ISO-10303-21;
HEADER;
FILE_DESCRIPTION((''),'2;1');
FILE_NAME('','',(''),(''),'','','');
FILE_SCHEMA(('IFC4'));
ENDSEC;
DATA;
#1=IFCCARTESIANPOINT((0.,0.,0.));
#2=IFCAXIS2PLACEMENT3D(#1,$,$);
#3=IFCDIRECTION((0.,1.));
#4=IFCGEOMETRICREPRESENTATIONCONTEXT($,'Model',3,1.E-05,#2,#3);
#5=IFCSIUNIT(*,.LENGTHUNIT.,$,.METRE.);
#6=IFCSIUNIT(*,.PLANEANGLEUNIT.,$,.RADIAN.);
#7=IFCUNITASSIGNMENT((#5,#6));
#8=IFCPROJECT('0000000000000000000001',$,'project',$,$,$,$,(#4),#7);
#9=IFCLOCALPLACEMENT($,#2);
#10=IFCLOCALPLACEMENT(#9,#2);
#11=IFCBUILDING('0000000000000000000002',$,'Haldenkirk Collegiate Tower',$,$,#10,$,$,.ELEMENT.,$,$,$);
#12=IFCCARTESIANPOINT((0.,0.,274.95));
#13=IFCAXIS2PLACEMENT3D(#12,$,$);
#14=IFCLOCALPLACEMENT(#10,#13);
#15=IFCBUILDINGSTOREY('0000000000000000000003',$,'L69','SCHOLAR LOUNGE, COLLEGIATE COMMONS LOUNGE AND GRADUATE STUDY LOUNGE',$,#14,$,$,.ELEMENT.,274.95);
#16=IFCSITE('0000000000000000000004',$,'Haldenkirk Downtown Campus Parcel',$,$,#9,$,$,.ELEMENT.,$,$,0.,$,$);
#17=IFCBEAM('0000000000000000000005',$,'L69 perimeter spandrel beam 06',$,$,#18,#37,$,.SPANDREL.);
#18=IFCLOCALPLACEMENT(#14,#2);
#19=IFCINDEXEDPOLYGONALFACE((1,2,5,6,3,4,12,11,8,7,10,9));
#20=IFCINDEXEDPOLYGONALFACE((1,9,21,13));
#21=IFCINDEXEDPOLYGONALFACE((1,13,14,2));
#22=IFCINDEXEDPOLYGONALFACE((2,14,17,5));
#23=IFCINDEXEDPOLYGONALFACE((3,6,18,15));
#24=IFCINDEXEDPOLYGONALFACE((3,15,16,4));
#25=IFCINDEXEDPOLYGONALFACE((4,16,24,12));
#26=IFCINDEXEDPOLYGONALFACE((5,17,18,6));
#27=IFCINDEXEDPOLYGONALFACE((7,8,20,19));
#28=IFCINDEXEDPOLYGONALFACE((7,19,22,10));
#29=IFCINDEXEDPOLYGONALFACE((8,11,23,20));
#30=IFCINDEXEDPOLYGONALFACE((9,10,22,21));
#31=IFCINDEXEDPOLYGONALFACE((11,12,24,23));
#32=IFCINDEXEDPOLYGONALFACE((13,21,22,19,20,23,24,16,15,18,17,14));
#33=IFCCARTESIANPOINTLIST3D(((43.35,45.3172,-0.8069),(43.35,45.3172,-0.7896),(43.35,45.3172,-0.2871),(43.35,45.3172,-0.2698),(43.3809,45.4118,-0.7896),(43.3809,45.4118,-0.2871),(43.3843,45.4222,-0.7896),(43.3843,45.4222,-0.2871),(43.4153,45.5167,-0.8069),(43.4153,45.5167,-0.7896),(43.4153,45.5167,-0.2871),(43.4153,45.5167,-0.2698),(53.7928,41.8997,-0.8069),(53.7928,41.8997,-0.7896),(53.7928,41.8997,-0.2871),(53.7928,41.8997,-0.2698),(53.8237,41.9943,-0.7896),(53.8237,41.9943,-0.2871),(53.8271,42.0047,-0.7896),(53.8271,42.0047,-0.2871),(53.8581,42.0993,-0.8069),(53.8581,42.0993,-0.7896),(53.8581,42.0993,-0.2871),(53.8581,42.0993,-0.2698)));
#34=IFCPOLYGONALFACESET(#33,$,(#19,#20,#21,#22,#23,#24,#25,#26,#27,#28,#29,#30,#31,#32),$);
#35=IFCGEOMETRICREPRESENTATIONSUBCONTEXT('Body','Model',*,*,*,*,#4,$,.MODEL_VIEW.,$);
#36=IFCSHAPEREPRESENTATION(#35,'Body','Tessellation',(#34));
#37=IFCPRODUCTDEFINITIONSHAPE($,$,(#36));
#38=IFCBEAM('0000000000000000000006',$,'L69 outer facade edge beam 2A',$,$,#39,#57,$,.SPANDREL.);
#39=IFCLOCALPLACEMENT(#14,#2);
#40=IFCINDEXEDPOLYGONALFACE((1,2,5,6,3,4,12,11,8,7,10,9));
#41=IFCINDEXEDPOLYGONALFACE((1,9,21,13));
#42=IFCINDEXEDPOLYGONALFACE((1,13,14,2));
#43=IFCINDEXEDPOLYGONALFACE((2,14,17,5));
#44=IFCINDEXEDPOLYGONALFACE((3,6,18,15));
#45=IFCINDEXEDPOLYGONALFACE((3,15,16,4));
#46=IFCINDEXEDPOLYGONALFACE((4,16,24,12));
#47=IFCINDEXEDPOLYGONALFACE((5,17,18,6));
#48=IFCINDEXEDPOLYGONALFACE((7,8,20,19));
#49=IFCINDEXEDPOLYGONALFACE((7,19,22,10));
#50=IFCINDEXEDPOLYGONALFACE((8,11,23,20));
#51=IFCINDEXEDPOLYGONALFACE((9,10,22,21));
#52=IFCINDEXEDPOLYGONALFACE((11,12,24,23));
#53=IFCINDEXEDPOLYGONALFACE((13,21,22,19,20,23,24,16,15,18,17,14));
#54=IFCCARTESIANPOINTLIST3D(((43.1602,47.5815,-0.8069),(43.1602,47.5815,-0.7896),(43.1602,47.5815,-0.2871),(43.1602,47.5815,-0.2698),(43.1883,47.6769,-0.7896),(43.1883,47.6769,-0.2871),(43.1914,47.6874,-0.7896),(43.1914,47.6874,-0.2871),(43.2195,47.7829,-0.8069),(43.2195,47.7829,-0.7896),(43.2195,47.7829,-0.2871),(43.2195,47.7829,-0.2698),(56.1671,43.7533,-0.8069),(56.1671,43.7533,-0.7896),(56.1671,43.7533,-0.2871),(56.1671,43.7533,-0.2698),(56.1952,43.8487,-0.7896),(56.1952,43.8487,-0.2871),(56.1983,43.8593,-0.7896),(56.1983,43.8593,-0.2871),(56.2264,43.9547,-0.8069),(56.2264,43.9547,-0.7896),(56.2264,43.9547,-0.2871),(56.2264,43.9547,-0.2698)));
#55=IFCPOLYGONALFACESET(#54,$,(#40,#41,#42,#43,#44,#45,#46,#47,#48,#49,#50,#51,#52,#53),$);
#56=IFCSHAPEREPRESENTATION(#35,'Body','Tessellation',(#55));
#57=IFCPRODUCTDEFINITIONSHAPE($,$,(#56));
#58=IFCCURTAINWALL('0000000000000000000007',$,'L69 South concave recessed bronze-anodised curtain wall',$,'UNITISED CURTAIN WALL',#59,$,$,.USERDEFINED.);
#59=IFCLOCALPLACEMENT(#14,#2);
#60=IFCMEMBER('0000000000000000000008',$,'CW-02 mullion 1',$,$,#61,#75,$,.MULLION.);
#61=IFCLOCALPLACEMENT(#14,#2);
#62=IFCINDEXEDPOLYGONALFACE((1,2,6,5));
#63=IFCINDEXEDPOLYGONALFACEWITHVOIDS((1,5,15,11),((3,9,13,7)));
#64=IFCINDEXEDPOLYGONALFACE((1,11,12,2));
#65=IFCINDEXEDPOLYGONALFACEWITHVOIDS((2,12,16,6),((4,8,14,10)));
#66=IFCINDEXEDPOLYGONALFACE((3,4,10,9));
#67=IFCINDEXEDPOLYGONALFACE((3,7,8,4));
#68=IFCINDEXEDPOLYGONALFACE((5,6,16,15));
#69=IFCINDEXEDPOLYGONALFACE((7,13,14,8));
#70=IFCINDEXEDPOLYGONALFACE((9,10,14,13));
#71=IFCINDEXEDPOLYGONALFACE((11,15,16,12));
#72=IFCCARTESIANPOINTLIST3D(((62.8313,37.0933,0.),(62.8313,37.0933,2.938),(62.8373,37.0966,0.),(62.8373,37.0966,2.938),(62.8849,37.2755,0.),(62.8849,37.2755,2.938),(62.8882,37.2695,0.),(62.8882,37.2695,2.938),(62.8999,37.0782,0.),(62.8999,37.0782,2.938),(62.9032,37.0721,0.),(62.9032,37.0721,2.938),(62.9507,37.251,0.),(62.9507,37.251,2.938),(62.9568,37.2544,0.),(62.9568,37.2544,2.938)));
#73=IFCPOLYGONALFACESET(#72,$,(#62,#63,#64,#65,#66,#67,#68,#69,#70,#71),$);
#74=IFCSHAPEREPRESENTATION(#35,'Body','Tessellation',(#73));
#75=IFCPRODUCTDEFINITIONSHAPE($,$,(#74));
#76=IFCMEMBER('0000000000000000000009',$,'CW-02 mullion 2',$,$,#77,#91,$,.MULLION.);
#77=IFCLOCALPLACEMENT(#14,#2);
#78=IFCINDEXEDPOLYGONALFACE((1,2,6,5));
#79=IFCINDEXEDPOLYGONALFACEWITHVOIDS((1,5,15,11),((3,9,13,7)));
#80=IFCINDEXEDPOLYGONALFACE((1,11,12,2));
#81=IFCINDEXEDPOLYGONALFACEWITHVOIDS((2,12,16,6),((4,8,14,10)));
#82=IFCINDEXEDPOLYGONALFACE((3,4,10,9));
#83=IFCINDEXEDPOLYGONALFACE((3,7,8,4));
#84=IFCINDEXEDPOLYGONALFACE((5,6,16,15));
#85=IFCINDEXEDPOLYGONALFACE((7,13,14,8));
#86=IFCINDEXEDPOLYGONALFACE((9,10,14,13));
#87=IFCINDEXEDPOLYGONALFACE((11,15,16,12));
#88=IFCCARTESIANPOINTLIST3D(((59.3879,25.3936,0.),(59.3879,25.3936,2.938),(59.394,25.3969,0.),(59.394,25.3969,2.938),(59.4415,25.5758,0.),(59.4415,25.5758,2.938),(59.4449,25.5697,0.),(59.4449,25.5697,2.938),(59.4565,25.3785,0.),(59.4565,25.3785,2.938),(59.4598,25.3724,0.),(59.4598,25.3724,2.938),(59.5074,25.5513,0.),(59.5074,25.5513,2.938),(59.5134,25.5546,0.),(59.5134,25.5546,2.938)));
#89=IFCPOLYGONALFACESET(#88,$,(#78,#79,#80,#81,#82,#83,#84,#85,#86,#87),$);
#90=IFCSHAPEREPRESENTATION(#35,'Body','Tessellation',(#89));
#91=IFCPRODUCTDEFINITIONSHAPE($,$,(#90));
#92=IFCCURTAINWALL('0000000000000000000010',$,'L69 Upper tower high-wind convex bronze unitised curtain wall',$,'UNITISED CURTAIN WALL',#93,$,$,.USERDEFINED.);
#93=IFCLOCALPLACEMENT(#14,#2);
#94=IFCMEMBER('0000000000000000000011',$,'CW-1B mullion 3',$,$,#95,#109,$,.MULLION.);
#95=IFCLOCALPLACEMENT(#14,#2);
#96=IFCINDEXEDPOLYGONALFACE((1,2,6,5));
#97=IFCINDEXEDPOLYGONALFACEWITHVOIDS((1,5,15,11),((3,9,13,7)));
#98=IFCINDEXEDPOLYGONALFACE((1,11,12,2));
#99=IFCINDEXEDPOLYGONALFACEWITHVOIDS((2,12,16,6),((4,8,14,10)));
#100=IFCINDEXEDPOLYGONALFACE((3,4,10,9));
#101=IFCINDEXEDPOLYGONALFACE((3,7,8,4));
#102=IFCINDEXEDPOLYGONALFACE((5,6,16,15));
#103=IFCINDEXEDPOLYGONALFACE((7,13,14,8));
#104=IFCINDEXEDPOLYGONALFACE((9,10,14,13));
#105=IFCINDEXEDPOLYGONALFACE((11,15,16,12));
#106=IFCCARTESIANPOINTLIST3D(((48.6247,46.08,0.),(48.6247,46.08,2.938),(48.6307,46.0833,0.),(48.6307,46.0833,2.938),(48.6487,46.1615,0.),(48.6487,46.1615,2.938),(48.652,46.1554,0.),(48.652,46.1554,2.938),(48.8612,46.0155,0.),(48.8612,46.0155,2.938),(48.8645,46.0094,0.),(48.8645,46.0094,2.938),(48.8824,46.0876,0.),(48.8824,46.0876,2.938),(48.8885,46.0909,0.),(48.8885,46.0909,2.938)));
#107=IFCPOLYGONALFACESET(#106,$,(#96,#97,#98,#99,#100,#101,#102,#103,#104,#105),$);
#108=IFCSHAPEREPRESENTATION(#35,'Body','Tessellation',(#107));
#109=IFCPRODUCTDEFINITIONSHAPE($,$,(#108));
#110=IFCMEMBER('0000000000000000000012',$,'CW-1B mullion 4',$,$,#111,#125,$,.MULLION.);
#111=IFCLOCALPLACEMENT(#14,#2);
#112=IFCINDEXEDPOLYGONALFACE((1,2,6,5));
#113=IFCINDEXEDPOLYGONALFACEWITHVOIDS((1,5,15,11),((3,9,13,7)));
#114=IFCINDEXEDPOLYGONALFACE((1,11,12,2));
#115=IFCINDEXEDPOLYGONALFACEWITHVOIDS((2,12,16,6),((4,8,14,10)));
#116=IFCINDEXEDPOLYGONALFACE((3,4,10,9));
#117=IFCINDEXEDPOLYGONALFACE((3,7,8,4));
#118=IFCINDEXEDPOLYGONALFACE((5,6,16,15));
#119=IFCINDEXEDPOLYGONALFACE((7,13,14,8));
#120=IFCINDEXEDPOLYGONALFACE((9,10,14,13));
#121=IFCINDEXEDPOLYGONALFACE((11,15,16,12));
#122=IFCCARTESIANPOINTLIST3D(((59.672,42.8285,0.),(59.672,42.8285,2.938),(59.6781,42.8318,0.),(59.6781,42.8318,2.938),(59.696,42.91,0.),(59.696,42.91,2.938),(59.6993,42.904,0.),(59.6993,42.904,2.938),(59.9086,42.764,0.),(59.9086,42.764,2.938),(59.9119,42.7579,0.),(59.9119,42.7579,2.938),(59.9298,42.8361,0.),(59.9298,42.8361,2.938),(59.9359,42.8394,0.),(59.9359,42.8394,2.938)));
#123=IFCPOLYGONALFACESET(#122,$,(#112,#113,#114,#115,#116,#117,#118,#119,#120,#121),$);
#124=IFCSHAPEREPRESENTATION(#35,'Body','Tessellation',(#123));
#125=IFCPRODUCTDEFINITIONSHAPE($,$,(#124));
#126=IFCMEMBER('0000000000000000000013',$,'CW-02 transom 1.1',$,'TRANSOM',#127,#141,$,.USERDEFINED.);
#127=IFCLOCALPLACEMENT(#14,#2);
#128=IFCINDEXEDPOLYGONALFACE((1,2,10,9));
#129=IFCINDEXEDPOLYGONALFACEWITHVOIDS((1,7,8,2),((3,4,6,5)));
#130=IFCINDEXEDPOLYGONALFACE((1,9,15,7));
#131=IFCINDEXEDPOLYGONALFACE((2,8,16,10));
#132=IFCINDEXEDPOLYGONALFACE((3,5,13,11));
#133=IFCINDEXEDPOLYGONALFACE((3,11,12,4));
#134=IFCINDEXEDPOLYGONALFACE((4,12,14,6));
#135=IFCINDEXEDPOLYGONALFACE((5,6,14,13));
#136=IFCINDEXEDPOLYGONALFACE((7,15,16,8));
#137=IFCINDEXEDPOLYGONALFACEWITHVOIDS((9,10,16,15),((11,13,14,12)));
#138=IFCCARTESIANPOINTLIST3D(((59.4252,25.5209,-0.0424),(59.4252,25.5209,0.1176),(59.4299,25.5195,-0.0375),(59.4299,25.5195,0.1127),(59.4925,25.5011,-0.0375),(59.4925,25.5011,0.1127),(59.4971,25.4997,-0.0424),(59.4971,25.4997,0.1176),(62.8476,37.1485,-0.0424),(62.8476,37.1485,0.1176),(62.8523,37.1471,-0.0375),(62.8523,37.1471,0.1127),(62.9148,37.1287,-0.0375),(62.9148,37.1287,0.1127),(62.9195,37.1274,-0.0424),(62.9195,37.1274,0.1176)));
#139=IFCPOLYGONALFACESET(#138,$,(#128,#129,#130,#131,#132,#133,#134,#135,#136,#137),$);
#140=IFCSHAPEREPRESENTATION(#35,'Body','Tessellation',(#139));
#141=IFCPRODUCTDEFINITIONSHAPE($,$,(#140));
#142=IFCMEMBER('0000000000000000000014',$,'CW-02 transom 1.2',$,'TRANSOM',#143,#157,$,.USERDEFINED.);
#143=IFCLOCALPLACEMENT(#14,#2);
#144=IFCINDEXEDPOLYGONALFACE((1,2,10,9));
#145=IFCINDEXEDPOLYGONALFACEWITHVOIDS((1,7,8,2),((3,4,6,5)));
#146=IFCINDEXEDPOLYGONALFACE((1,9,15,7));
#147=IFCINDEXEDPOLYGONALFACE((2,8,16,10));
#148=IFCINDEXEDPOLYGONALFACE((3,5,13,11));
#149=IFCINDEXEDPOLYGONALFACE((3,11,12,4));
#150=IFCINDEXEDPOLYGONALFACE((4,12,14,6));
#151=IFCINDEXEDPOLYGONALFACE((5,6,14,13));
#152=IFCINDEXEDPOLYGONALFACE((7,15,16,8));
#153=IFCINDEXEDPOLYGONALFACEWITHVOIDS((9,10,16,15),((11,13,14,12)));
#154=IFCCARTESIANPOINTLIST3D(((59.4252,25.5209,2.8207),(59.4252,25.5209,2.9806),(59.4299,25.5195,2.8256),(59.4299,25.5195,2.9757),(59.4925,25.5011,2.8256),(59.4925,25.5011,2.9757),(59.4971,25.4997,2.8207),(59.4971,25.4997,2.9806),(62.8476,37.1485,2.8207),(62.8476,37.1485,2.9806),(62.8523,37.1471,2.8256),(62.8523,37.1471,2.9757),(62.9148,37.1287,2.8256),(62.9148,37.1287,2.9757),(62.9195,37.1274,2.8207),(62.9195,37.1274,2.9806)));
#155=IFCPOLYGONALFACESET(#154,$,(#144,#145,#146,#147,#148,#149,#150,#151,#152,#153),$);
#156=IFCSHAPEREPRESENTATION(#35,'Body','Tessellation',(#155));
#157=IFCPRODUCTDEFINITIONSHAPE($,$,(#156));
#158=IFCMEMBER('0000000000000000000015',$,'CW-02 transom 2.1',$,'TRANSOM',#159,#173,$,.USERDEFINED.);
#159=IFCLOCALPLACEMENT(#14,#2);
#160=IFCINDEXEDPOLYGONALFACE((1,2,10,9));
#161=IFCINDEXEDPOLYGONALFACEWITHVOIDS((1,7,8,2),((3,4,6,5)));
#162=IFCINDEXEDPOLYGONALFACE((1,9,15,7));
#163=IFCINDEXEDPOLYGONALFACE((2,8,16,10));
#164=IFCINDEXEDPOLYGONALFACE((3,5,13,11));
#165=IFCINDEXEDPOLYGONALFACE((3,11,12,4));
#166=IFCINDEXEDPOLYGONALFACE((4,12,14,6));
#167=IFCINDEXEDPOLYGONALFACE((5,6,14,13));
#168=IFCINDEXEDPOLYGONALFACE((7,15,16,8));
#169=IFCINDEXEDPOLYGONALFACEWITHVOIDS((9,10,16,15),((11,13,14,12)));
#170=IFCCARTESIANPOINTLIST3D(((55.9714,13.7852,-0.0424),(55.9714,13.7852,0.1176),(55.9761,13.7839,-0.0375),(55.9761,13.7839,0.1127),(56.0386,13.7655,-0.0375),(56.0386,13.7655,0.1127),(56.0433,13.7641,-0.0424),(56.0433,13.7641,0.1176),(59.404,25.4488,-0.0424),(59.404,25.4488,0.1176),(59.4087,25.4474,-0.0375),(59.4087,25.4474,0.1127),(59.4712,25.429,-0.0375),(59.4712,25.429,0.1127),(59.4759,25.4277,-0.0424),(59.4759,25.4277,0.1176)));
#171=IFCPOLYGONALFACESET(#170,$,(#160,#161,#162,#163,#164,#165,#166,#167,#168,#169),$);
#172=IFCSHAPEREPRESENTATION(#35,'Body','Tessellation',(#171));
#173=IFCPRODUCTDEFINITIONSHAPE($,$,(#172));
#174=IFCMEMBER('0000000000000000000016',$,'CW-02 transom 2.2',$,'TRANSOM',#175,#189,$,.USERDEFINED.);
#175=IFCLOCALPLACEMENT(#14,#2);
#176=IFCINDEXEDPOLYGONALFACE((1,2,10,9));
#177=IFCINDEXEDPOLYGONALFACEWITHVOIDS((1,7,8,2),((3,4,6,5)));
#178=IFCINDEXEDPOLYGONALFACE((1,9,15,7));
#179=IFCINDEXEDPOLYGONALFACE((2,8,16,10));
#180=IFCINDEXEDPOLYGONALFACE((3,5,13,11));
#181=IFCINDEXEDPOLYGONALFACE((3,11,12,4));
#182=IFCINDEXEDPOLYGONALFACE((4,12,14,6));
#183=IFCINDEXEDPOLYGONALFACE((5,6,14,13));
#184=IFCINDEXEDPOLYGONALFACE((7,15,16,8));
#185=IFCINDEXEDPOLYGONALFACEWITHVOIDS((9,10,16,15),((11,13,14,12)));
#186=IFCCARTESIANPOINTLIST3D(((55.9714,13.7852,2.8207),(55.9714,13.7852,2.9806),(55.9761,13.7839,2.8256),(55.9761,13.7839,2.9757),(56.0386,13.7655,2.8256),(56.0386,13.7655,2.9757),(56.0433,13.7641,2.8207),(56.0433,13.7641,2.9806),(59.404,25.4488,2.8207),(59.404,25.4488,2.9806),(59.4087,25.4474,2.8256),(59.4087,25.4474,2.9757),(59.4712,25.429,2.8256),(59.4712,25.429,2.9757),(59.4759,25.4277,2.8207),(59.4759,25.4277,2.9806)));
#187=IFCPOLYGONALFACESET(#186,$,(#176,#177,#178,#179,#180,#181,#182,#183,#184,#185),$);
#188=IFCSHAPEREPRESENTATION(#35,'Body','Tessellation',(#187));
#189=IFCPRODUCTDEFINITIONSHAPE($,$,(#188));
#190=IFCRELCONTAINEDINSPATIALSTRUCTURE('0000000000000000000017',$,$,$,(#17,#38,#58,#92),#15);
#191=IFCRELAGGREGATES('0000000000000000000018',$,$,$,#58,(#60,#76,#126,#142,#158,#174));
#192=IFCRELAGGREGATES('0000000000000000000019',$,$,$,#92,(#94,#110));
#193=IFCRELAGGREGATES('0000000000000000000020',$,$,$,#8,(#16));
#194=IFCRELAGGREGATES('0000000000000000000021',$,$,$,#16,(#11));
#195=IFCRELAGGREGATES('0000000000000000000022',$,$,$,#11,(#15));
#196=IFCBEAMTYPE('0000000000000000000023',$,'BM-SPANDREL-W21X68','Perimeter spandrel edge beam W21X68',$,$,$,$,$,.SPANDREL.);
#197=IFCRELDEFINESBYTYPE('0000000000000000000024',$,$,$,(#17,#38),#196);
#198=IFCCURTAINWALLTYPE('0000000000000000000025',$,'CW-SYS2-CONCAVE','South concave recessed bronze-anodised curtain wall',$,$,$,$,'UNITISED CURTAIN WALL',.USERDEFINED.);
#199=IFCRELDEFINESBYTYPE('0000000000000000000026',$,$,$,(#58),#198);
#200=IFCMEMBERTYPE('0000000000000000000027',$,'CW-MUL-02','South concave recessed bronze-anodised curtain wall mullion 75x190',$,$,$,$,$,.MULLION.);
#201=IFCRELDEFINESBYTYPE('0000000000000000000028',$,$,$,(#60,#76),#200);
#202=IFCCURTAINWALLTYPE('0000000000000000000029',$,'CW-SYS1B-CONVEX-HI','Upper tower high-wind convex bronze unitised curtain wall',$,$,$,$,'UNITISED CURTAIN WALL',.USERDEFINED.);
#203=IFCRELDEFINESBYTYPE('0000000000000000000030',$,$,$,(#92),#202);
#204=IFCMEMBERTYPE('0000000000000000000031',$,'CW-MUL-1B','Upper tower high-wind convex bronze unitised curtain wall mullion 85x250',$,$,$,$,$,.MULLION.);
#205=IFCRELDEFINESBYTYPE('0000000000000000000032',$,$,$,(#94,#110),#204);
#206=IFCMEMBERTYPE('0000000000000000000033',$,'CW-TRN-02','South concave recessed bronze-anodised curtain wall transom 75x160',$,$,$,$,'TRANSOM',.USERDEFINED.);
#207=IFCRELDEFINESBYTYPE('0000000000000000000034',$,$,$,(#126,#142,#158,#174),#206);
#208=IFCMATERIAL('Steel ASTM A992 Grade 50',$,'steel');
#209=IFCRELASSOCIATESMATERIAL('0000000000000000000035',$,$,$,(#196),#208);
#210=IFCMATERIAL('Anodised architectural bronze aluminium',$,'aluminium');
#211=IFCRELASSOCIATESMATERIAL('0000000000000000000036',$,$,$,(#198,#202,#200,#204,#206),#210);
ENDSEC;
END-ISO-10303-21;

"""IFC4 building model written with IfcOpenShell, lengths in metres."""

from ifc_helpers import new_model, si_unit, direction, frame, origin, origin_2d, place, context, subcontext, project, spatial, hollow_rectangle, i_section, extrude, material, material_profile, profile_set, type_object, element, aggregate, save


model = new_model("IFC4")

# Units and contexts
model_context = context("Model", 3, precision=1e-05, world=origin(), true_north=direction((0.0, 1.0)))
body_context = subcontext(model_context, "Body", "Model", "MODEL_VIEW")
ifc_project = project(units=[si_unit("LENGTHUNIT", "METRE"), si_unit("PLANEANGLEUNIT", "RADIAN")], contexts=[model_context])

# Site, building, storey
site_placement = place(None, origin())
site = spatial("IfcSite", under=ifc_project, at=site_placement, Name="Haldenkirk Downtown Campus Parcel", CompositionType="ELEMENT", RefElevation=0.0)
building_placement = place(site_placement, origin())
building = spatial("IfcBuilding", under=site, at=building_placement, Name="Haldenkirk Collegiate Tower", CompositionType="ELEMENT")
storey_placement = place(building_placement, frame((0.0, 0.0, 274.95)))
storey = spatial("IfcBuildingStorey", under=building, at=storey_placement, Name="L69", Description="SCHOLAR LOUNGE, COLLEGIATE COMMONS LOUNGE AND GRADUATE STUDY LOUNGE", CompositionType="ELEMENT", Elevation=274.95)

# Beams
ifc_material_1 = material(Name="Steel ASTM A992 Grade 50", Category="steel")
ifc_material_profile_1 = material_profile(ifc_material_1, i_section(OverallWidth=0.21, OverallDepth=0.5371, WebThickness=0.011, FlangeThickness=0.0173, at=origin_2d()), Name="W21X68")
ifc_profile_set_1 = profile_set([ifc_material_profile_1], Name="Steel ASTM A992 Grade 50")
beam_type_1 = type_object("IfcBeamType", Name="BM-SPANDREL-W21X68", Description="Perimeter spandrel edge beam W21X68", PredefinedType="SPANDREL", material=ifc_profile_set_1)
beam_1_placement = place(storey_placement, frame((53.8254, 41.9995, -0.5383), z_axis=(-0.950402, 0.311024, 0.0), x_axis=(-0.311024, -0.950402, 0.0)))
element("IfcBeam", 1, at=beam_1_placement, inside=storey, type_object=beam_type_1, Name="L69 perimeter spandrel beam 06", PredefinedType="SPANDREL", context=body_context, shape_type="SweptSolid", body=[
    extrude(i_section(OverallWidth=0.21, OverallDepth=0.5371, WebThickness=0.011, FlangeThickness=0.0173, at=origin_2d()), origin(), (0.0, 0.0, 1.0), 10.9878),
])
beam_2_placement = place(storey_placement, frame((56.1968, 43.854, -0.5383), z_axis=(-0.959314, 0.282342, 0.0), x_axis=(-0.282342, -0.959314, 0.0)))
element("IfcBeam", 2, at=beam_2_placement, inside=storey, type_object=beam_type_1, Name="L69 outer facade edge beam 2A", PredefinedType="SPANDREL", context=body_context, shape_type="SweptSolid", body=[
    extrude(i_section(OverallWidth=0.21, OverallDepth=0.5371, WebThickness=0.011, FlangeThickness=0.0173, at=origin_2d()), origin(), (0.0, 0.0, 1.0), 13.5586),
])

# Curtain walls, members
ifc_material_2 = material(Name="Anodised architectural bronze aluminium", Category="aluminium")
curtain_wall_type_1 = type_object("IfcCurtainWallType", Name="CW-SYS2-CONCAVE", Description="South concave recessed bronze-anodised curtain wall", ElementType="UNITISED CURTAIN WALL", PredefinedType="USERDEFINED", material=ifc_material_2)
curtain_wall_1_placement = place(storey_placement, origin())
curtain_wall_1 = element("IfcCurtainWall", 3, at=curtain_wall_1_placement, inside=storey, type_object=curtain_wall_type_1, Name="L69 South concave recessed bronze-anodised curtain wall", ObjectType="UNITISED CURTAIN WALL", PredefinedType="USERDEFINED")
ifc_material_profile_2 = material_profile(ifc_material_2, hollow_rectangle(XDim=0.075, YDim=0.1899, WallThickness=0.0049, at=origin_2d()), Name="CW-MUL-02")
ifc_profile_set_2 = profile_set([ifc_material_profile_2], Name="Anodised architectural bronze aluminium")
member_type_1 = type_object("IfcMemberType", Name="CW-MUL-02", Description="South concave recessed bronze-anodised curtain wall mullion 75x190", PredefinedType="MULLION", material=ifc_profile_set_2)
member_1_placement = place(storey_placement, frame((62.894, 37.1738, 0.0), z_axis=(0.0, 0.0, 1.0), x_axis=(0.959314, -0.282341, 0.0)))
member_1 = element("IfcMember", 4, at=member_1_placement, type_object=member_type_1, Name="CW-02 mullion 1", PredefinedType="MULLION", context=body_context, shape_type="SweptSolid", body=[
    extrude(hollow_rectangle(XDim=0.075, YDim=0.1899, WallThickness=0.0049, at=origin_2d()), origin(), (0.0, 0.0, 1.0), 2.938),
])
member_2_placement = place(storey_placement, frame((59.4507, 25.4741, 0.0), z_axis=(0.0, 0.0, 1.0), x_axis=(0.959314, -0.282341, 0.0)))
member_2 = element("IfcMember", 5, at=member_2_placement, type_object=member_type_1, Name="CW-02 mullion 2", PredefinedType="MULLION", context=body_context, shape_type="SweptSolid", body=[
    extrude(hollow_rectangle(XDim=0.075, YDim=0.1899, WallThickness=0.0049, at=origin_2d()), origin(), (0.0, 0.0, 1.0), 2.938),
])
curtain_wall_type_2 = type_object("IfcCurtainWallType", Name="CW-SYS1B-CONVEX-HI", Description="Upper tower high-wind convex bronze unitised curtain wall", ElementType="UNITISED CURTAIN WALL", PredefinedType="USERDEFINED", material=ifc_material_2)
curtain_wall_2_placement = place(storey_placement, origin())
curtain_wall_2 = element("IfcCurtainWall", 6, at=curtain_wall_2_placement, inside=storey, type_object=curtain_wall_type_2, Name="L69 Upper tower high-wind convex bronze unitised curtain wall", ObjectType="UNITISED CURTAIN WALL", PredefinedType="USERDEFINED")
ifc_material_profile_3 = material_profile(ifc_material_2, hollow_rectangle(XDim=0.085, YDim=0.25, WallThickness=0.0049, at=origin_2d()), Name="CW-MUL-1B")
ifc_profile_set_3 = profile_set([ifc_material_profile_3], Name="Anodised architectural bronze aluminium")
member_type_2 = type_object("IfcMemberType", Name="CW-MUL-1B", Description="Upper tower high-wind convex bronze unitised curtain wall mullion 85x250", PredefinedType="MULLION", material=ifc_profile_set_3)
member_3_placement = place(storey_placement, frame((48.7566, 46.0854, 0.0), z_axis=(0.0, 0.0, 1.0), x_axis=(0.282342, 0.959314, 0.0)))
member_3 = element("IfcMember", 7, at=member_3_placement, type_object=member_type_2, Name="CW-1B mullion 3", PredefinedType="MULLION", context=body_context, shape_type="SweptSolid", body=[
    extrude(hollow_rectangle(XDim=0.085, YDim=0.25, WallThickness=0.0049, at=origin_2d()), origin(), (0.0, 0.0, 1.0), 2.938),
])
member_4_placement = place(storey_placement, frame((59.804, 42.834, 0.0), z_axis=(0.0, 0.0, 1.0), x_axis=(0.282342, 0.959314, 0.0)))
member_4 = element("IfcMember", 8, at=member_4_placement, type_object=member_type_2, Name="CW-1B mullion 4", PredefinedType="MULLION", context=body_context, shape_type="SweptSolid", body=[
    extrude(hollow_rectangle(XDim=0.085, YDim=0.25, WallThickness=0.0049, at=origin_2d()), origin(), (0.0, 0.0, 1.0), 2.938),
])

# Members
ifc_material_profile_4 = material_profile(ifc_material_2, hollow_rectangle(XDim=0.075, YDim=0.1599, WallThickness=0.0049, at=origin_2d()), Name="CW-TRN-02")
ifc_profile_set_4 = profile_set([ifc_material_profile_4], Name="Anodised architectural bronze aluminium")
member_type_3 = type_object("IfcMemberType", Name="CW-TRN-02", Description="South concave recessed bronze-anodised curtain wall transom 75x160", ElementType="TRANSOM", PredefinedType="USERDEFINED", material=ifc_profile_set_4)
member_5_placement = place(storey_placement, frame((62.8835, 37.1379, 0.0376), z_axis=(-0.282353, -0.959311, 0.0), x_axis=(0.959311, -0.282353, 0.0)))
member_5 = element("IfcMember", 9, at=member_5_placement, type_object=member_type_3, Name="CW-02 transom 1.1", ObjectType="TRANSOM", PredefinedType="USERDEFINED", context=body_context, shape_type="SweptSolid", body=[
    extrude(hollow_rectangle(XDim=0.075, YDim=0.1599, WallThickness=0.0049, at=origin_2d()), origin(), (0.0, 0.0, 1.0), 12.1208),
])
member_6_placement = place(storey_placement, frame((62.8835, 37.1379, 2.9006), z_axis=(-0.282353, -0.959311, 0.0), x_axis=(0.959311, -0.282353, 0.0)))
member_6 = element("IfcMember", 10, at=member_6_placement, type_object=member_type_3, Name="CW-02 transom 1.2", ObjectType="TRANSOM", PredefinedType="USERDEFINED", context=body_context, shape_type="SweptSolid", body=[
    extrude(hollow_rectangle(XDim=0.075, YDim=0.1599, WallThickness=0.0049, at=origin_2d()), origin(), (0.0, 0.0, 1.0), 12.1208),
])
member_7_placement = place(storey_placement, frame((59.4399, 25.4382, 0.0376), z_axis=(-0.282329, -0.959318, 0.0), x_axis=(0.959318, -0.282329, 0.0)))
member_7 = element("IfcMember", 11, at=member_7_placement, type_object=member_type_3, Name="CW-02 transom 2.1", ObjectType="TRANSOM", PredefinedType="USERDEFINED", context=body_context, shape_type="SweptSolid", body=[
    extrude(hollow_rectangle(XDim=0.075, YDim=0.1599, WallThickness=0.0049, at=origin_2d()), origin(), (0.0, 0.0, 1.0), 12.1582),
])
member_8_placement = place(storey_placement, frame((59.4399, 25.4382, 2.9006), z_axis=(-0.282329, -0.959318, 0.0), x_axis=(0.959318, -0.282329, 0.0)))
member_8 = element("IfcMember", 12, at=member_8_placement, type_object=member_type_3, Name="CW-02 transom 2.2", ObjectType="TRANSOM", PredefinedType="USERDEFINED", context=body_context, shape_type="SweptSolid", body=[
    extrude(hollow_rectangle(XDim=0.075, YDim=0.1599, WallThickness=0.0049, at=origin_2d()), origin(), (0.0, 0.0, 1.0), 12.1582),
])

aggregate(curtain_wall_1, [member_1, member_2, member_5, member_6, member_7, member_8])
aggregate(curtain_wall_2, [member_3, member_4])

save(model, "model.ifc")
